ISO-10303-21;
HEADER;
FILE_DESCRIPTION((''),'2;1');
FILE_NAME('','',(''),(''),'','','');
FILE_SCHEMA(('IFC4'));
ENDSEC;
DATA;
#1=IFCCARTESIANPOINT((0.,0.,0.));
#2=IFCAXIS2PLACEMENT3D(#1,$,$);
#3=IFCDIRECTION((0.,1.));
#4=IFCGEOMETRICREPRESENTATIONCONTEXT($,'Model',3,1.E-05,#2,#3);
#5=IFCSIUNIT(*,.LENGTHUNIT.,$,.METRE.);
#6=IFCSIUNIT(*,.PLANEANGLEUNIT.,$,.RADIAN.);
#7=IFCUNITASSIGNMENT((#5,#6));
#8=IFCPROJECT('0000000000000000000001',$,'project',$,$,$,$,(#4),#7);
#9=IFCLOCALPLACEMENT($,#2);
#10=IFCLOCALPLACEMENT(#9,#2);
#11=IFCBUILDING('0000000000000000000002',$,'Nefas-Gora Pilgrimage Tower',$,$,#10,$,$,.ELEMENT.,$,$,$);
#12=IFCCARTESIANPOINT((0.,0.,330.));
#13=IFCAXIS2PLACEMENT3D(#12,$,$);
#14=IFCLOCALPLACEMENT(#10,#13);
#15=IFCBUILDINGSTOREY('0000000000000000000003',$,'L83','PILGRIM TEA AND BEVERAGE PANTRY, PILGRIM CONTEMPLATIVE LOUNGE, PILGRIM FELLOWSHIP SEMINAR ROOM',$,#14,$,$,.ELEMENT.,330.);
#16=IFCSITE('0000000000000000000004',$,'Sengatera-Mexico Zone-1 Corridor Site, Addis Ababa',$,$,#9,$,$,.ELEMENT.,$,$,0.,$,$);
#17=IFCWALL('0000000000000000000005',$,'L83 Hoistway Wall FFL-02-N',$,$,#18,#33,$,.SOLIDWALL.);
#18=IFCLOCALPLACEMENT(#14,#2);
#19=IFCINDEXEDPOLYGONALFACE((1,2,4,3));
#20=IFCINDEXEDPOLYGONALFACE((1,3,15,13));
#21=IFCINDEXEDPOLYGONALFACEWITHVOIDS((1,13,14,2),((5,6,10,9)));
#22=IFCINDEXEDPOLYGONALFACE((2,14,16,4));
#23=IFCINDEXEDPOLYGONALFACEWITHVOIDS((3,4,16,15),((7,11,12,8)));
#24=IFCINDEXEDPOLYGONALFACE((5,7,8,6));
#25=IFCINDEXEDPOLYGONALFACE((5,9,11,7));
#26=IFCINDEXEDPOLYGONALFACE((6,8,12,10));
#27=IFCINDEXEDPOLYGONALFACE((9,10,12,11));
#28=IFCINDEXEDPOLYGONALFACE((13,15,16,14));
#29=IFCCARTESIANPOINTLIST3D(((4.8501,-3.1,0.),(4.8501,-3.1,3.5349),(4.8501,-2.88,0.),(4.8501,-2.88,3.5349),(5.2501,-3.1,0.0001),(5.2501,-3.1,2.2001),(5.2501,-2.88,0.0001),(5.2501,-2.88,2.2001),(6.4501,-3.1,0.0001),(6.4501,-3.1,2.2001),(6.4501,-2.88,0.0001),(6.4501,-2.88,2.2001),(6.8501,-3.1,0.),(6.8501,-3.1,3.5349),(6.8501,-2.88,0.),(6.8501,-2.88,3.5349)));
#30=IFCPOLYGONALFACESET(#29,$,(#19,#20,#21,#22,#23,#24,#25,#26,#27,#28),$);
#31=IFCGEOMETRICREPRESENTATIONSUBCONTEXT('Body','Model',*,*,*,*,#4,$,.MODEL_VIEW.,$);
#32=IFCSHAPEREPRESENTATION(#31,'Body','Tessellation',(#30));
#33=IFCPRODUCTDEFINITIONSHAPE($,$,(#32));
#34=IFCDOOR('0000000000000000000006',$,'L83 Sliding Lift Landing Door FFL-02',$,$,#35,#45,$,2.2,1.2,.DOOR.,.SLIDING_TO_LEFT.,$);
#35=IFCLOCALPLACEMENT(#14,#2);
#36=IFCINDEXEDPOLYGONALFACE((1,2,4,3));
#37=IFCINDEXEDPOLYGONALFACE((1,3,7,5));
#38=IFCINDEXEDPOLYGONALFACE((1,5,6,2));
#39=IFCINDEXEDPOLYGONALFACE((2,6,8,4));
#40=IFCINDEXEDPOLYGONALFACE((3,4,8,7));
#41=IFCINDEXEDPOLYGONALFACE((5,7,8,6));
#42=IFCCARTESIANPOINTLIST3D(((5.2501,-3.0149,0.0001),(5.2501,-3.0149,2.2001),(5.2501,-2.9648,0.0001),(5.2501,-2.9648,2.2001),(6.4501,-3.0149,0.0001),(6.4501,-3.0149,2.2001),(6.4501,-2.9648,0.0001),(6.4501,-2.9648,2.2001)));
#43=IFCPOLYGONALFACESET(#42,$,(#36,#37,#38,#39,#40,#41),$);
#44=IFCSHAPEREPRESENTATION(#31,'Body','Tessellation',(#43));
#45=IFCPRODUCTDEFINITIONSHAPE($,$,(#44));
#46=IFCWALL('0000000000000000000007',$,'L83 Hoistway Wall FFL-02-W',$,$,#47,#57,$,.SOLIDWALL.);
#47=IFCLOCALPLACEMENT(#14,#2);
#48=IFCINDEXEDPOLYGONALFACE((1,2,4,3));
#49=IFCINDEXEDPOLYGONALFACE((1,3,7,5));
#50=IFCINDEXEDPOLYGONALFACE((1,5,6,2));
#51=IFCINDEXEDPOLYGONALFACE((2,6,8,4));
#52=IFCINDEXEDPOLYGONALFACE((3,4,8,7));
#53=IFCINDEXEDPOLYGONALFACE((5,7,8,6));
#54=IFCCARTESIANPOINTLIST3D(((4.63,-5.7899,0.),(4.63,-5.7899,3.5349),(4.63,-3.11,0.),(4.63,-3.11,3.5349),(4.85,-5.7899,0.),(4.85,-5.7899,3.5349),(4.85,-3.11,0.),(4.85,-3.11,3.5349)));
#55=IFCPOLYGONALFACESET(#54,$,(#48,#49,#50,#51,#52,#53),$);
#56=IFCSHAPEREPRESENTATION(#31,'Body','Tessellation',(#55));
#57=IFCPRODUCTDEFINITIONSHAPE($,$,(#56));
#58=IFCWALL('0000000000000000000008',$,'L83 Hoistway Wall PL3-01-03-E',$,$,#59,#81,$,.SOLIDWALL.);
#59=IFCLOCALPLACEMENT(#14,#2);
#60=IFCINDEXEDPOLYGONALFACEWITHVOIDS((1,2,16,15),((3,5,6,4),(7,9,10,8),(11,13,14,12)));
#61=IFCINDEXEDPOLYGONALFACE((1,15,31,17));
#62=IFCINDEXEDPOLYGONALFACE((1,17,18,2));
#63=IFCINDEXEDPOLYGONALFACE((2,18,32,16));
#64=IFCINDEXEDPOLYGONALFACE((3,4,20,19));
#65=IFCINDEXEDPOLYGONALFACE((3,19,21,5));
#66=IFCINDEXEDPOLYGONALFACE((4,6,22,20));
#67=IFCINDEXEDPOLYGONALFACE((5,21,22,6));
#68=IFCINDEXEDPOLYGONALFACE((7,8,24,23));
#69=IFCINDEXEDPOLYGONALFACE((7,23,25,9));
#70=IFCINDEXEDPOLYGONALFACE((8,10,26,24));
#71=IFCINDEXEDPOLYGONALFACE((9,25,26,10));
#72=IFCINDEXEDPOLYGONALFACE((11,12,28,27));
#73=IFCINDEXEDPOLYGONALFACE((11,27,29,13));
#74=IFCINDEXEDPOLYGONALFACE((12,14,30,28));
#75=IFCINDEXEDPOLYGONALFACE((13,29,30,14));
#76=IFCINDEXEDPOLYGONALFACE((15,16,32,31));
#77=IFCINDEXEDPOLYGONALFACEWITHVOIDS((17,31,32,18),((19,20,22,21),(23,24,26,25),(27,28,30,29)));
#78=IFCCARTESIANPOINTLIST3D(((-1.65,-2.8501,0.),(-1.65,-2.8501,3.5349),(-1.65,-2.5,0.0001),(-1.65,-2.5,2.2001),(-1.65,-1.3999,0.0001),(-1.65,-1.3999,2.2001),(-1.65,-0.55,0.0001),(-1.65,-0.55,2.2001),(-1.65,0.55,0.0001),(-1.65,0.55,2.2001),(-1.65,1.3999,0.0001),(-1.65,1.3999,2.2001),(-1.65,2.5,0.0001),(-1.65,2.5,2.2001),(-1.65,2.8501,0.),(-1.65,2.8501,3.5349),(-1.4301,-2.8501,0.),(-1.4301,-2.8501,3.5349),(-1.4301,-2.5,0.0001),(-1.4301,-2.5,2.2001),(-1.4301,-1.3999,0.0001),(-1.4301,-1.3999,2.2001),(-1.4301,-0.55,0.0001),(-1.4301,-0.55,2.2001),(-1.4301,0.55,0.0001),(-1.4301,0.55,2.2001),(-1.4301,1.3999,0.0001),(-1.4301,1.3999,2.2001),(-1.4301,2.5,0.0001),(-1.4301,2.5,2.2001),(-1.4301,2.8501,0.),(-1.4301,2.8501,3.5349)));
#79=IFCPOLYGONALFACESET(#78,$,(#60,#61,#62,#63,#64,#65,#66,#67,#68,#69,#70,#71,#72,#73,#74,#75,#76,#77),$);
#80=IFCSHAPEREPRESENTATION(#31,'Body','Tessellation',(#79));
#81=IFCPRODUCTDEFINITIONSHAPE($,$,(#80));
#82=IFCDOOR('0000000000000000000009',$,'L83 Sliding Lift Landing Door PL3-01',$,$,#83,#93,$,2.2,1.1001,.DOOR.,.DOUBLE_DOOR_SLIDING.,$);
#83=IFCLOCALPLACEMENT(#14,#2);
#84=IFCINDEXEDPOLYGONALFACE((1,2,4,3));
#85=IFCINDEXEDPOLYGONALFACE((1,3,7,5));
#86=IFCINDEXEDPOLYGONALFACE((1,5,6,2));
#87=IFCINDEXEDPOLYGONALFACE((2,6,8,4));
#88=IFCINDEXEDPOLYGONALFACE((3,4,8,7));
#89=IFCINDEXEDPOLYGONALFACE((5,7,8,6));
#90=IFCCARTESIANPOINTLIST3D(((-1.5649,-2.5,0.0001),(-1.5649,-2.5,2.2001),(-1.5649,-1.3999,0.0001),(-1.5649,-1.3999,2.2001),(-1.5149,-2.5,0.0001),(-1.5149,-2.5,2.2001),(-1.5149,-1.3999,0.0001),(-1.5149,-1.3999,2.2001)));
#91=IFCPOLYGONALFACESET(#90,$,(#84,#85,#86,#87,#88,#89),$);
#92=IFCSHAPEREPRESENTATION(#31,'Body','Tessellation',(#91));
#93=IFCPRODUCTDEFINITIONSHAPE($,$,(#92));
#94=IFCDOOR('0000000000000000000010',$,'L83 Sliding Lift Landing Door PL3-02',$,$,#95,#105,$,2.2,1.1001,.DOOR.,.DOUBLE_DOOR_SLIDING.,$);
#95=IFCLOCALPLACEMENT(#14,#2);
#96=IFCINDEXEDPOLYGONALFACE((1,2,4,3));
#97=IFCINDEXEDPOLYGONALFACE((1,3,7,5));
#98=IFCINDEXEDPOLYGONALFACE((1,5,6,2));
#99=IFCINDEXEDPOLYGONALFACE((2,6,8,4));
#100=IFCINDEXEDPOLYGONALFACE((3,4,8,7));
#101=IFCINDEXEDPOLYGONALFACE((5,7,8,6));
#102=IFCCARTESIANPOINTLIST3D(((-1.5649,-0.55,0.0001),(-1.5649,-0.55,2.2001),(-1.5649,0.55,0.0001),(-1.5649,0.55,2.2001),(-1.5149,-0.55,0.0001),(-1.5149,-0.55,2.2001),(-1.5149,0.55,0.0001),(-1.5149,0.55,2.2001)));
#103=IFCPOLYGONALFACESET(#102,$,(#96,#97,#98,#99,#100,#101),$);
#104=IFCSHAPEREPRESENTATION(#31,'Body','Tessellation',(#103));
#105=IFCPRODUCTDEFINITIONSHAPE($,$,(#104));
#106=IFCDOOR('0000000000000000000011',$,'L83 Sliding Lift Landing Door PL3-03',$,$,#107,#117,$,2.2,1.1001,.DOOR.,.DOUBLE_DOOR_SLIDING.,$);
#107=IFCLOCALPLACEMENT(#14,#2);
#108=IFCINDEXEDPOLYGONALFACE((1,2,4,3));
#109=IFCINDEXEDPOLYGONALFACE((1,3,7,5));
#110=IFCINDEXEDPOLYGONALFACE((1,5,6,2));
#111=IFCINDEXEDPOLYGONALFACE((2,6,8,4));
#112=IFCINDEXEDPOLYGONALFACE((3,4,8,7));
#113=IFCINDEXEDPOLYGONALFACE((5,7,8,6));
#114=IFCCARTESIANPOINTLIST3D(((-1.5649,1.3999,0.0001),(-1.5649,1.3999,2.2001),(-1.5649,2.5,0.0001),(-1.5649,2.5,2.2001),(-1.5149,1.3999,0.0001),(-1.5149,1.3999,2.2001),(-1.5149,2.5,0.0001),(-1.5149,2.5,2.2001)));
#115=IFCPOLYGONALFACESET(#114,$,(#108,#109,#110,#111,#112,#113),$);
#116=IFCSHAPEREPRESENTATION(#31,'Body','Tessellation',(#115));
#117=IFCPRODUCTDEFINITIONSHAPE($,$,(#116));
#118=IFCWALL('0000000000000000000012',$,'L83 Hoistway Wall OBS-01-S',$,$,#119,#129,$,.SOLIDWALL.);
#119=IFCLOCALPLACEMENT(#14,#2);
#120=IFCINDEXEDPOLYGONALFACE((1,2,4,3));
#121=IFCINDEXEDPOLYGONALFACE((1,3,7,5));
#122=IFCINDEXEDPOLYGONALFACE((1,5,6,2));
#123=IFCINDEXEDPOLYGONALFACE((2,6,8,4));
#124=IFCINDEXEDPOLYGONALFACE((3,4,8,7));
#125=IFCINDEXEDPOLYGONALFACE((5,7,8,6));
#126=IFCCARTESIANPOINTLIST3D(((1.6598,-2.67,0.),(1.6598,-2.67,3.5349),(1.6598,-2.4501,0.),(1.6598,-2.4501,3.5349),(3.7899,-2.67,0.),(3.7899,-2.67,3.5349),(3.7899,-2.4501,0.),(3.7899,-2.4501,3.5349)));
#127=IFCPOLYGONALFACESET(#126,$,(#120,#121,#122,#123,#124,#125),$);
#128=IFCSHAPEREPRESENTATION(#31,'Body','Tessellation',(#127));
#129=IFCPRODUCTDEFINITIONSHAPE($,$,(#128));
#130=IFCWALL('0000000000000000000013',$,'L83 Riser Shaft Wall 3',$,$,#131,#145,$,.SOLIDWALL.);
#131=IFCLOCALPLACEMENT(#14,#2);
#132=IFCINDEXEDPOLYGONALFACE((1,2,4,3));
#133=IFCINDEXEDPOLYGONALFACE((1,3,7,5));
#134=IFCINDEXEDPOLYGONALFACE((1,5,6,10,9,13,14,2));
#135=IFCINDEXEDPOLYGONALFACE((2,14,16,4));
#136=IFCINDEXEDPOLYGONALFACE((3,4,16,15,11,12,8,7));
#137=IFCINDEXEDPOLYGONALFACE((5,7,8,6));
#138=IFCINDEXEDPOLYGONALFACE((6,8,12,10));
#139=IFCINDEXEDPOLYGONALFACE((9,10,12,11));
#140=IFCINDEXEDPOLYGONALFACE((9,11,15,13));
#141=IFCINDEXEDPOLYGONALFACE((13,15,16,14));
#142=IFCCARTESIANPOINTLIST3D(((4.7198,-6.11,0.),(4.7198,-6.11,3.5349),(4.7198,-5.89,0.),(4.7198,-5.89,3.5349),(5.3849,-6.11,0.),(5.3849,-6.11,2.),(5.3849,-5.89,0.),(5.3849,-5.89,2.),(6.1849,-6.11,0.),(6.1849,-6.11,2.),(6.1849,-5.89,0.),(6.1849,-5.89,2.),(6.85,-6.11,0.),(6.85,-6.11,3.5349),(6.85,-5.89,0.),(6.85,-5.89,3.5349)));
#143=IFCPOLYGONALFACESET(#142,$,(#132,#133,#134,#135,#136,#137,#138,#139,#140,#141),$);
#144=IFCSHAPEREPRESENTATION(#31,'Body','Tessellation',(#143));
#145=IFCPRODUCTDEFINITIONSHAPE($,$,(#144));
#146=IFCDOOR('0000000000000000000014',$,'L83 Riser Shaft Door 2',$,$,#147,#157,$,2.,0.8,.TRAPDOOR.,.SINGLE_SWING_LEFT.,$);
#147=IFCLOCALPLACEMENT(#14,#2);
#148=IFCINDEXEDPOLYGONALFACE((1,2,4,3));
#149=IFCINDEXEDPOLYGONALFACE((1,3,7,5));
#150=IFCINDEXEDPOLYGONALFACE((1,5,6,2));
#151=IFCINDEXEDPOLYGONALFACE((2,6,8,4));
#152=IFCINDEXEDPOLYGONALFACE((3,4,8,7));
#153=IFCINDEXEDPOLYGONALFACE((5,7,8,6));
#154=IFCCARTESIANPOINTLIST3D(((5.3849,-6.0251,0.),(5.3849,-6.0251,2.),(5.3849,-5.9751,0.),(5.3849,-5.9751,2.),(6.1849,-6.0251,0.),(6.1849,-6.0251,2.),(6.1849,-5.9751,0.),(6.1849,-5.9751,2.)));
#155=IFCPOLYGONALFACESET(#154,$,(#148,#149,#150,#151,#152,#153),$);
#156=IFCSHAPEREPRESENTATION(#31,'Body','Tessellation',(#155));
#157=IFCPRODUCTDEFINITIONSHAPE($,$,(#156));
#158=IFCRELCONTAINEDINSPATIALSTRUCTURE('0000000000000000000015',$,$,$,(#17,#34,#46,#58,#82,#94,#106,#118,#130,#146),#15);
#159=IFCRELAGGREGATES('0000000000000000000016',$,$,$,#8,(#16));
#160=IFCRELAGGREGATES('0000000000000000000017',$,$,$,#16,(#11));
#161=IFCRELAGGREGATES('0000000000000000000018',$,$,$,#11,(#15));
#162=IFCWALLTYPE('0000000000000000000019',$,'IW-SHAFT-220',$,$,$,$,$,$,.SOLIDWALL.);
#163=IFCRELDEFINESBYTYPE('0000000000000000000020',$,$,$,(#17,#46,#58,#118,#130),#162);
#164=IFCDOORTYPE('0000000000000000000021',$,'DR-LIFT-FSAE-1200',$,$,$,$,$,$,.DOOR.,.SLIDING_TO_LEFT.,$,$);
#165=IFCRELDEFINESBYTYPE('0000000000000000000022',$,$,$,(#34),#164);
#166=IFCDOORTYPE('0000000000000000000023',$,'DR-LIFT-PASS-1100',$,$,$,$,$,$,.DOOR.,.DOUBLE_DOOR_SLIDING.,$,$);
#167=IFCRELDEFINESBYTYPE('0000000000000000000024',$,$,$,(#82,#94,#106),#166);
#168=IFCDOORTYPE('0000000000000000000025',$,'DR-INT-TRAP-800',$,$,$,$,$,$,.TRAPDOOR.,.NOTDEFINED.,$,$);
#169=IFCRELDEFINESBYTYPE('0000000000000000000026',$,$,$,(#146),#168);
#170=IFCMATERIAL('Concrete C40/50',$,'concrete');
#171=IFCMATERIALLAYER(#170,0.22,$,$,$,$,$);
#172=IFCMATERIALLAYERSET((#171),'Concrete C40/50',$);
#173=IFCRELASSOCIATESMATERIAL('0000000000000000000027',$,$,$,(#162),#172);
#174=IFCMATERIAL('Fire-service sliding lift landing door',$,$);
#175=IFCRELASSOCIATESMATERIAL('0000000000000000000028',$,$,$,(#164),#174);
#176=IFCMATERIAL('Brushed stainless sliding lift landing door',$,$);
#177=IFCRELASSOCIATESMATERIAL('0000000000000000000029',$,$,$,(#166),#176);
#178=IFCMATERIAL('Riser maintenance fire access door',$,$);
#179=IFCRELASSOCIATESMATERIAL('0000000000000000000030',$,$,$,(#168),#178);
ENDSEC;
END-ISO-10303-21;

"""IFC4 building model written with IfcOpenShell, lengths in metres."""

from ifc_helpers import new_model, si_unit, direction, frame, frame_2d, origin, place, context, subcontext, project, spatial, rectangle, extrude, source, transform, mapped, material, layer, layer_set, type_object, element, fill, save


model = new_model("IFC4")

# Units and contexts
model_context = context("Model", 3, precision=1e-05, world=origin(), true_north=direction((0.0, 1.0)))
body_context = subcontext(model_context, "Body", "Model", "MODEL_VIEW")
ifc_project = project(units=[si_unit("LENGTHUNIT", "METRE"), si_unit("PLANEANGLEUNIT", "RADIAN")], contexts=[model_context])

# Site, building, storey
site_placement = place(None, origin())
site = spatial("IfcSite", under=ifc_project, at=site_placement, Name="Sengatera-Mexico Zone-1 Corridor Site, Addis Ababa", CompositionType="ELEMENT", RefElevation=0.0)
building_placement = place(site_placement, origin())
building = spatial("IfcBuilding", under=site, at=building_placement, Name="Nefas-Gora Pilgrimage Tower", CompositionType="ELEMENT")
storey_placement = place(building_placement, frame((0.0, 0.0, 330.0)))
storey = spatial("IfcBuildingStorey", under=building, at=storey_placement, Name="L83", Description="PILGRIM TEA AND BEVERAGE PANTRY, PILGRIM CONTEMPLATIVE LOUNGE, PILGRIM FELLOWSHIP SEMINAR ROOM", CompositionType="ELEMENT", Elevation=330.0)

# Shared definitions
ifc_material_1 = material(Name="Concrete C40/50", Category="concrete")

# Wall, opening, door
ifc_layer_1 = layer(ifc_material_1, 0.22)
ifc_layer_set_1 = layer_set([ifc_layer_1], Name="Concrete C40/50")
wall_type_1 = type_object("IfcWallType", Name="IW-SHAFT-220", PredefinedType="SOLIDWALL", material=ifc_layer_set_1)
shared_shape_1 = source(origin(), body_context, "Body", "SweptSolid", [
    extrude(rectangle(XDim=2.0, YDim=0.22, at=frame_2d((1.0, 0.0))), origin(), (0.0, 0.0, 1.0), 3.5349),
])
wall_1_placement = place(storey_placement, frame((6.8501, -2.99, 0.0), z_axis=(0.0, 0.0, 1.0), x_axis=(-1.0, 0.0, 0.0)))
wall_1 = element("IfcWall", 1, at=wall_1_placement, inside=storey, type_object=wall_type_1, Name="L83 Hoistway Wall FFL-02-N", PredefinedType="SOLIDWALL", context=body_context, shape_type="MappedRepresentation", body=[
    mapped(shared_shape_1, transform((0.0, 0.0, 0.0), x_axis=(1.0, 0.0, 0.0), y_axis=(0.0, 1.0, 0.0), z_axis=(0.0, 0.0, 1.0), scale=1.0)),
])
opening_1_placement = place(wall_1_placement, frame((0.3999, 0.0, 0.0)))
opening_1 = element("IfcOpeningElement", 2, at=opening_1_placement, cuts=wall_1, PredefinedType="OPENING", context=body_context, shape_type="SweptSolid", body=[
    extrude(rectangle(XDim=1.2, YDim=2.2, at=frame_2d((0.6001, 1.1001))), frame((0.0, 0.1199, 0.0), z_axis=(0.0, -1.0, 0.0), x_axis=(1.0, 0.0, 0.0)), (0.0, 0.0, 1.0), 0.24),
])
ifc_material_2 = material(Name="Fire-service sliding lift landing door")
door_type_1 = type_object("IfcDoorType", Name="DR-LIFT-FSAE-1200", OperationType="SLIDING_TO_LEFT", PredefinedType="DOOR", material=ifc_material_2)
shared_shape_2 = source(origin(), body_context, "Body", "SweptSolid", [
    extrude(rectangle(XDim=1.2, YDim=2.2, at=frame_2d((0.6001, 1.1001))), frame((0.0, 0.0249, 0.0), z_axis=(0.0, -1.0, 0.0), x_axis=(1.0, 0.0, 0.0)), (0.0, 0.0, 1.0), 0.05),
])
door_1_placement = place(opening_1_placement, origin())
door_1 = element("IfcDoor", 3, at=door_1_placement, inside=storey, type_object=door_type_1, Name="L83 Sliding Lift Landing Door FFL-02", OperationType="SLIDING_TO_LEFT", OverallHeight=2.2, OverallWidth=1.2, PredefinedType="DOOR", context=body_context, shape_type="MappedRepresentation", body=[
    mapped(shared_shape_2, transform((0.0, 0.0, 0.0), x_axis=(1.0, 0.0, 0.0), y_axis=(0.0, 1.0, 0.0), z_axis=(0.0, 0.0, 1.0), scale=1.0)),
])
fill(opening_1, door_1)

# Wall
shared_shape_3 = source(origin(), body_context, "Body", "SweptSolid", [
    extrude(rectangle(XDim=2.6799, YDim=0.22, at=frame_2d((1.3398, 0.0))), origin(), (0.0, 0.0, 1.0), 3.5349),
])
wall_2_placement = place(storey_placement, frame((4.74, -3.1101, 0.0), z_axis=(0.0, 0.0, 1.0), x_axis=(0.0, -1.0, 0.0)))
element("IfcWall", 4, at=wall_2_placement, inside=storey, type_object=wall_type_1, Name="L83 Hoistway Wall FFL-02-W", PredefinedType="SOLIDWALL", context=body_context, shape_type="MappedRepresentation", body=[
    mapped(shared_shape_3, transform((0.0, 0.0, 0.0), x_axis=(1.0, 0.0, 0.0), y_axis=(0.0, 1.0, 0.0), z_axis=(0.0, 0.0, 1.0), scale=1.0)),
])

# Wall, openings, doors
shared_shape_4 = source(origin(), body_context, "Body", "SweptSolid", [
    extrude(rectangle(XDim=5.7002, YDim=0.22, at=frame_2d((2.8501, 0.0))), origin(), (0.0, 0.0, 1.0), 3.5349),
])
wall_3_placement = place(storey_placement, frame((-1.54, -2.8501, 0.0), z_axis=(0.0, 0.0, 1.0), x_axis=(0.0, 1.0, 0.0)))
wall_3 = element("IfcWall", 5, at=wall_3_placement, inside=storey, type_object=wall_type_1, Name="L83 Hoistway Wall PL3-01-03-E", PredefinedType="SOLIDWALL", context=body_context, shape_type="MappedRepresentation", body=[
    mapped(shared_shape_4, transform((0.0, 0.0, 0.0), x_axis=(1.0, 0.0, 0.0), y_axis=(0.0, 1.0, 0.0), z_axis=(0.0, 0.0, 1.0), scale=1.0)),
])
opening_2_placement = place(wall_3_placement, frame((0.3501, 0.0, 0.0)))
opening_2 = element("IfcOpeningElement", 6, at=opening_2_placement, cuts=wall_3, PredefinedType="OPENING", context=body_context, shape_type="SweptSolid", body=[
    extrude(rectangle(XDim=1.1001, YDim=2.2, at=frame_2d((0.55, 1.1001))), frame((0.0, 0.1199, 0.0), z_axis=(0.0, -1.0, 0.0), x_axis=(1.0, 0.0, 0.0)), (0.0, 0.0, 1.0), 0.24),
])
opening_3_placement = place(wall_3_placement, frame((2.3, 0.0, 0.0)))
opening_3 = element("IfcOpeningElement", 7, at=opening_3_placement, cuts=wall_3, PredefinedType="OPENING", context=body_context, shape_type="SweptSolid", body=[
    extrude(rectangle(XDim=1.1001, YDim=2.2, at=frame_2d((0.55, 1.1001))), frame((0.0, 0.1199, 0.0), z_axis=(0.0, -1.0, 0.0), x_axis=(1.0, 0.0, 0.0)), (0.0, 0.0, 1.0), 0.24),
])
opening_4_placement = place(wall_3_placement, frame((4.25, 0.0, 0.0)))
opening_4 = element("IfcOpeningElement", 8, at=opening_4_placement, cuts=wall_3, PredefinedType="OPENING", context=body_context, shape_type="SweptSolid", body=[
    extrude(rectangle(XDim=1.1001, YDim=2.2, at=frame_2d((0.55, 1.1001))), frame((0.0, 0.1199, 0.0), z_axis=(0.0, -1.0, 0.0), x_axis=(1.0, 0.0, 0.0)), (0.0, 0.0, 1.0), 0.24),
])
ifc_material_3 = material(Name="Brushed stainless sliding lift landing door")
door_type_2 = type_object("IfcDoorType", Name="DR-LIFT-PASS-1100", OperationType="DOUBLE_DOOR_SLIDING", PredefinedType="DOOR", material=ifc_material_3)
shared_shape_5 = source(origin(), body_context, "Body", "SweptSolid", [
    extrude(rectangle(XDim=1.1001, YDim=2.2, at=frame_2d((0.55, 1.1001))), frame((0.0, 0.0249, 0.0), z_axis=(0.0, -1.0, 0.0), x_axis=(1.0, 0.0, 0.0)), (0.0, 0.0, 1.0), 0.05),
])
door_2_placement = place(opening_2_placement, origin())
door_2 = element("IfcDoor", 9, at=door_2_placement, inside=storey, type_object=door_type_2, Name="L83 Sliding Lift Landing Door PL3-01", OperationType="DOUBLE_DOOR_SLIDING", OverallHeight=2.2, OverallWidth=1.1001, PredefinedType="DOOR", context=body_context, shape_type="MappedRepresentation", body=[
    mapped(shared_shape_5, transform((0.0, 0.0, 0.0), x_axis=(1.0, 0.0, 0.0), y_axis=(0.0, 1.0, 0.0), z_axis=(0.0, 0.0, 1.0), scale=1.0)),
])
fill(opening_2, door_2)
door_3_placement = place(opening_3_placement, origin())
door_3 = element("IfcDoor", 10, at=door_3_placement, inside=storey, type_object=door_type_2, Name="L83 Sliding Lift Landing Door PL3-02", OperationType="DOUBLE_DOOR_SLIDING", OverallHeight=2.2, OverallWidth=1.1001, PredefinedType="DOOR", context=body_context, shape_type="MappedRepresentation", body=[
    mapped(shared_shape_5, transform((0.0, 0.0, 0.0), x_axis=(1.0, 0.0, 0.0), y_axis=(0.0, 1.0, 0.0), z_axis=(0.0, 0.0, 1.0), scale=1.0)),
])
fill(opening_3, door_3)
door_4_placement = place(opening_4_placement, origin())
door_4 = element("IfcDoor", 11, at=door_4_placement, inside=storey, type_object=door_type_2, Name="L83 Sliding Lift Landing Door PL3-03", OperationType="DOUBLE_DOOR_SLIDING", OverallHeight=2.2, OverallWidth=1.1001, PredefinedType="DOOR", context=body_context, shape_type="MappedRepresentation", body=[
    mapped(shared_shape_5, transform((0.0, 0.0, 0.0), x_axis=(1.0, 0.0, 0.0), y_axis=(0.0, 1.0, 0.0), z_axis=(0.0, 0.0, 1.0), scale=1.0)),
])
fill(opening_4, door_4)

# Wall
shared_shape_6 = source(origin(), body_context, "Body", "SweptSolid", [
    extrude(rectangle(XDim=2.1301, YDim=0.22, at=frame_2d((1.0649, 0.0))), origin(), (0.0, 0.0, 1.0), 3.5349),
])
wall_4_placement = place(storey_placement, frame((1.6599, -2.5601, 0.0), z_axis=(0.0, 0.0, 1.0), x_axis=(1.0, 0.0, 0.0)))
element("IfcWall", 12, at=wall_4_placement, inside=storey, type_object=wall_type_1, Name="L83 Hoistway Wall OBS-01-S", PredefinedType="SOLIDWALL", context=body_context, shape_type="MappedRepresentation", body=[
    mapped(shared_shape_6, transform((0.0, 0.0, 0.0), x_axis=(1.0, 0.0, 0.0), y_axis=(0.0, 1.0, 0.0), z_axis=(0.0, 0.0, 1.0), scale=1.0)),
])

# Wall, opening, door
wall_5_placement = place(storey_placement, frame((4.72, -6.0, 0.0), z_axis=(0.0, 0.0, 1.0), x_axis=(1.0, 0.0, 0.0)))
wall_5 = element("IfcWall", 13, at=wall_5_placement, inside=storey, type_object=wall_type_1, Name="L83 Riser Shaft Wall 3", PredefinedType="SOLIDWALL", context=body_context, shape_type="MappedRepresentation", body=[
    mapped(shared_shape_6, transform((0.0, 0.0, 0.0), x_axis=(1.0, 0.0, 0.0), y_axis=(0.0, 1.0, 0.0), z_axis=(0.0, 0.0, 1.0), scale=1.0)),
])
opening_5_placement = place(wall_5_placement, frame((0.665, 0.0, 0.0)))
opening_5 = element("IfcOpeningElement", 14, at=opening_5_placement, cuts=wall_5, PredefinedType="OPENING", context=body_context, shape_type="SweptSolid", body=[
    extrude(rectangle(XDim=0.8, YDim=2.0, at=frame_2d((0.3999, 1.0))), frame((0.0, 0.1199, 0.0), z_axis=(0.0, -1.0, 0.0), x_axis=(1.0, 0.0, 0.0)), (0.0, 0.0, 1.0), 0.24),
])
ifc_material_4 = material(Name="Riser maintenance fire access door")
door_type_3 = type_object("IfcDoorType", Name="DR-INT-TRAP-800", OperationType="NOTDEFINED", PredefinedType="TRAPDOOR", material=ifc_material_4)
shared_shape_7 = source(origin(), body_context, "Body", "SweptSolid", [
    extrude(rectangle(XDim=0.8, YDim=2.0, at=frame_2d((0.3999, 1.0))), frame((0.0, 0.0249, 0.0), z_axis=(0.0, -1.0, 0.0), x_axis=(1.0, 0.0, 0.0)), (0.0, 0.0, 1.0), 0.05),
])
door_5_placement = place(opening_5_placement, origin())
door_5 = element("IfcDoor", 15, at=door_5_placement, inside=storey, type_object=door_type_3, Name="L83 Riser Shaft Door 2", OperationType="SINGLE_SWING_LEFT", OverallHeight=2.0, OverallWidth=0.8, PredefinedType="TRAPDOOR", context=body_context, shape_type="MappedRepresentation", body=[
    mapped(shared_shape_7, transform((0.0, 0.0, 0.0), x_axis=(1.0, 0.0, 0.0), y_axis=(0.0, 1.0, 0.0), z_axis=(0.0, 0.0, 1.0), scale=1.0)),
])
fill(opening_5, door_5)

save(model, "model.ifc")
